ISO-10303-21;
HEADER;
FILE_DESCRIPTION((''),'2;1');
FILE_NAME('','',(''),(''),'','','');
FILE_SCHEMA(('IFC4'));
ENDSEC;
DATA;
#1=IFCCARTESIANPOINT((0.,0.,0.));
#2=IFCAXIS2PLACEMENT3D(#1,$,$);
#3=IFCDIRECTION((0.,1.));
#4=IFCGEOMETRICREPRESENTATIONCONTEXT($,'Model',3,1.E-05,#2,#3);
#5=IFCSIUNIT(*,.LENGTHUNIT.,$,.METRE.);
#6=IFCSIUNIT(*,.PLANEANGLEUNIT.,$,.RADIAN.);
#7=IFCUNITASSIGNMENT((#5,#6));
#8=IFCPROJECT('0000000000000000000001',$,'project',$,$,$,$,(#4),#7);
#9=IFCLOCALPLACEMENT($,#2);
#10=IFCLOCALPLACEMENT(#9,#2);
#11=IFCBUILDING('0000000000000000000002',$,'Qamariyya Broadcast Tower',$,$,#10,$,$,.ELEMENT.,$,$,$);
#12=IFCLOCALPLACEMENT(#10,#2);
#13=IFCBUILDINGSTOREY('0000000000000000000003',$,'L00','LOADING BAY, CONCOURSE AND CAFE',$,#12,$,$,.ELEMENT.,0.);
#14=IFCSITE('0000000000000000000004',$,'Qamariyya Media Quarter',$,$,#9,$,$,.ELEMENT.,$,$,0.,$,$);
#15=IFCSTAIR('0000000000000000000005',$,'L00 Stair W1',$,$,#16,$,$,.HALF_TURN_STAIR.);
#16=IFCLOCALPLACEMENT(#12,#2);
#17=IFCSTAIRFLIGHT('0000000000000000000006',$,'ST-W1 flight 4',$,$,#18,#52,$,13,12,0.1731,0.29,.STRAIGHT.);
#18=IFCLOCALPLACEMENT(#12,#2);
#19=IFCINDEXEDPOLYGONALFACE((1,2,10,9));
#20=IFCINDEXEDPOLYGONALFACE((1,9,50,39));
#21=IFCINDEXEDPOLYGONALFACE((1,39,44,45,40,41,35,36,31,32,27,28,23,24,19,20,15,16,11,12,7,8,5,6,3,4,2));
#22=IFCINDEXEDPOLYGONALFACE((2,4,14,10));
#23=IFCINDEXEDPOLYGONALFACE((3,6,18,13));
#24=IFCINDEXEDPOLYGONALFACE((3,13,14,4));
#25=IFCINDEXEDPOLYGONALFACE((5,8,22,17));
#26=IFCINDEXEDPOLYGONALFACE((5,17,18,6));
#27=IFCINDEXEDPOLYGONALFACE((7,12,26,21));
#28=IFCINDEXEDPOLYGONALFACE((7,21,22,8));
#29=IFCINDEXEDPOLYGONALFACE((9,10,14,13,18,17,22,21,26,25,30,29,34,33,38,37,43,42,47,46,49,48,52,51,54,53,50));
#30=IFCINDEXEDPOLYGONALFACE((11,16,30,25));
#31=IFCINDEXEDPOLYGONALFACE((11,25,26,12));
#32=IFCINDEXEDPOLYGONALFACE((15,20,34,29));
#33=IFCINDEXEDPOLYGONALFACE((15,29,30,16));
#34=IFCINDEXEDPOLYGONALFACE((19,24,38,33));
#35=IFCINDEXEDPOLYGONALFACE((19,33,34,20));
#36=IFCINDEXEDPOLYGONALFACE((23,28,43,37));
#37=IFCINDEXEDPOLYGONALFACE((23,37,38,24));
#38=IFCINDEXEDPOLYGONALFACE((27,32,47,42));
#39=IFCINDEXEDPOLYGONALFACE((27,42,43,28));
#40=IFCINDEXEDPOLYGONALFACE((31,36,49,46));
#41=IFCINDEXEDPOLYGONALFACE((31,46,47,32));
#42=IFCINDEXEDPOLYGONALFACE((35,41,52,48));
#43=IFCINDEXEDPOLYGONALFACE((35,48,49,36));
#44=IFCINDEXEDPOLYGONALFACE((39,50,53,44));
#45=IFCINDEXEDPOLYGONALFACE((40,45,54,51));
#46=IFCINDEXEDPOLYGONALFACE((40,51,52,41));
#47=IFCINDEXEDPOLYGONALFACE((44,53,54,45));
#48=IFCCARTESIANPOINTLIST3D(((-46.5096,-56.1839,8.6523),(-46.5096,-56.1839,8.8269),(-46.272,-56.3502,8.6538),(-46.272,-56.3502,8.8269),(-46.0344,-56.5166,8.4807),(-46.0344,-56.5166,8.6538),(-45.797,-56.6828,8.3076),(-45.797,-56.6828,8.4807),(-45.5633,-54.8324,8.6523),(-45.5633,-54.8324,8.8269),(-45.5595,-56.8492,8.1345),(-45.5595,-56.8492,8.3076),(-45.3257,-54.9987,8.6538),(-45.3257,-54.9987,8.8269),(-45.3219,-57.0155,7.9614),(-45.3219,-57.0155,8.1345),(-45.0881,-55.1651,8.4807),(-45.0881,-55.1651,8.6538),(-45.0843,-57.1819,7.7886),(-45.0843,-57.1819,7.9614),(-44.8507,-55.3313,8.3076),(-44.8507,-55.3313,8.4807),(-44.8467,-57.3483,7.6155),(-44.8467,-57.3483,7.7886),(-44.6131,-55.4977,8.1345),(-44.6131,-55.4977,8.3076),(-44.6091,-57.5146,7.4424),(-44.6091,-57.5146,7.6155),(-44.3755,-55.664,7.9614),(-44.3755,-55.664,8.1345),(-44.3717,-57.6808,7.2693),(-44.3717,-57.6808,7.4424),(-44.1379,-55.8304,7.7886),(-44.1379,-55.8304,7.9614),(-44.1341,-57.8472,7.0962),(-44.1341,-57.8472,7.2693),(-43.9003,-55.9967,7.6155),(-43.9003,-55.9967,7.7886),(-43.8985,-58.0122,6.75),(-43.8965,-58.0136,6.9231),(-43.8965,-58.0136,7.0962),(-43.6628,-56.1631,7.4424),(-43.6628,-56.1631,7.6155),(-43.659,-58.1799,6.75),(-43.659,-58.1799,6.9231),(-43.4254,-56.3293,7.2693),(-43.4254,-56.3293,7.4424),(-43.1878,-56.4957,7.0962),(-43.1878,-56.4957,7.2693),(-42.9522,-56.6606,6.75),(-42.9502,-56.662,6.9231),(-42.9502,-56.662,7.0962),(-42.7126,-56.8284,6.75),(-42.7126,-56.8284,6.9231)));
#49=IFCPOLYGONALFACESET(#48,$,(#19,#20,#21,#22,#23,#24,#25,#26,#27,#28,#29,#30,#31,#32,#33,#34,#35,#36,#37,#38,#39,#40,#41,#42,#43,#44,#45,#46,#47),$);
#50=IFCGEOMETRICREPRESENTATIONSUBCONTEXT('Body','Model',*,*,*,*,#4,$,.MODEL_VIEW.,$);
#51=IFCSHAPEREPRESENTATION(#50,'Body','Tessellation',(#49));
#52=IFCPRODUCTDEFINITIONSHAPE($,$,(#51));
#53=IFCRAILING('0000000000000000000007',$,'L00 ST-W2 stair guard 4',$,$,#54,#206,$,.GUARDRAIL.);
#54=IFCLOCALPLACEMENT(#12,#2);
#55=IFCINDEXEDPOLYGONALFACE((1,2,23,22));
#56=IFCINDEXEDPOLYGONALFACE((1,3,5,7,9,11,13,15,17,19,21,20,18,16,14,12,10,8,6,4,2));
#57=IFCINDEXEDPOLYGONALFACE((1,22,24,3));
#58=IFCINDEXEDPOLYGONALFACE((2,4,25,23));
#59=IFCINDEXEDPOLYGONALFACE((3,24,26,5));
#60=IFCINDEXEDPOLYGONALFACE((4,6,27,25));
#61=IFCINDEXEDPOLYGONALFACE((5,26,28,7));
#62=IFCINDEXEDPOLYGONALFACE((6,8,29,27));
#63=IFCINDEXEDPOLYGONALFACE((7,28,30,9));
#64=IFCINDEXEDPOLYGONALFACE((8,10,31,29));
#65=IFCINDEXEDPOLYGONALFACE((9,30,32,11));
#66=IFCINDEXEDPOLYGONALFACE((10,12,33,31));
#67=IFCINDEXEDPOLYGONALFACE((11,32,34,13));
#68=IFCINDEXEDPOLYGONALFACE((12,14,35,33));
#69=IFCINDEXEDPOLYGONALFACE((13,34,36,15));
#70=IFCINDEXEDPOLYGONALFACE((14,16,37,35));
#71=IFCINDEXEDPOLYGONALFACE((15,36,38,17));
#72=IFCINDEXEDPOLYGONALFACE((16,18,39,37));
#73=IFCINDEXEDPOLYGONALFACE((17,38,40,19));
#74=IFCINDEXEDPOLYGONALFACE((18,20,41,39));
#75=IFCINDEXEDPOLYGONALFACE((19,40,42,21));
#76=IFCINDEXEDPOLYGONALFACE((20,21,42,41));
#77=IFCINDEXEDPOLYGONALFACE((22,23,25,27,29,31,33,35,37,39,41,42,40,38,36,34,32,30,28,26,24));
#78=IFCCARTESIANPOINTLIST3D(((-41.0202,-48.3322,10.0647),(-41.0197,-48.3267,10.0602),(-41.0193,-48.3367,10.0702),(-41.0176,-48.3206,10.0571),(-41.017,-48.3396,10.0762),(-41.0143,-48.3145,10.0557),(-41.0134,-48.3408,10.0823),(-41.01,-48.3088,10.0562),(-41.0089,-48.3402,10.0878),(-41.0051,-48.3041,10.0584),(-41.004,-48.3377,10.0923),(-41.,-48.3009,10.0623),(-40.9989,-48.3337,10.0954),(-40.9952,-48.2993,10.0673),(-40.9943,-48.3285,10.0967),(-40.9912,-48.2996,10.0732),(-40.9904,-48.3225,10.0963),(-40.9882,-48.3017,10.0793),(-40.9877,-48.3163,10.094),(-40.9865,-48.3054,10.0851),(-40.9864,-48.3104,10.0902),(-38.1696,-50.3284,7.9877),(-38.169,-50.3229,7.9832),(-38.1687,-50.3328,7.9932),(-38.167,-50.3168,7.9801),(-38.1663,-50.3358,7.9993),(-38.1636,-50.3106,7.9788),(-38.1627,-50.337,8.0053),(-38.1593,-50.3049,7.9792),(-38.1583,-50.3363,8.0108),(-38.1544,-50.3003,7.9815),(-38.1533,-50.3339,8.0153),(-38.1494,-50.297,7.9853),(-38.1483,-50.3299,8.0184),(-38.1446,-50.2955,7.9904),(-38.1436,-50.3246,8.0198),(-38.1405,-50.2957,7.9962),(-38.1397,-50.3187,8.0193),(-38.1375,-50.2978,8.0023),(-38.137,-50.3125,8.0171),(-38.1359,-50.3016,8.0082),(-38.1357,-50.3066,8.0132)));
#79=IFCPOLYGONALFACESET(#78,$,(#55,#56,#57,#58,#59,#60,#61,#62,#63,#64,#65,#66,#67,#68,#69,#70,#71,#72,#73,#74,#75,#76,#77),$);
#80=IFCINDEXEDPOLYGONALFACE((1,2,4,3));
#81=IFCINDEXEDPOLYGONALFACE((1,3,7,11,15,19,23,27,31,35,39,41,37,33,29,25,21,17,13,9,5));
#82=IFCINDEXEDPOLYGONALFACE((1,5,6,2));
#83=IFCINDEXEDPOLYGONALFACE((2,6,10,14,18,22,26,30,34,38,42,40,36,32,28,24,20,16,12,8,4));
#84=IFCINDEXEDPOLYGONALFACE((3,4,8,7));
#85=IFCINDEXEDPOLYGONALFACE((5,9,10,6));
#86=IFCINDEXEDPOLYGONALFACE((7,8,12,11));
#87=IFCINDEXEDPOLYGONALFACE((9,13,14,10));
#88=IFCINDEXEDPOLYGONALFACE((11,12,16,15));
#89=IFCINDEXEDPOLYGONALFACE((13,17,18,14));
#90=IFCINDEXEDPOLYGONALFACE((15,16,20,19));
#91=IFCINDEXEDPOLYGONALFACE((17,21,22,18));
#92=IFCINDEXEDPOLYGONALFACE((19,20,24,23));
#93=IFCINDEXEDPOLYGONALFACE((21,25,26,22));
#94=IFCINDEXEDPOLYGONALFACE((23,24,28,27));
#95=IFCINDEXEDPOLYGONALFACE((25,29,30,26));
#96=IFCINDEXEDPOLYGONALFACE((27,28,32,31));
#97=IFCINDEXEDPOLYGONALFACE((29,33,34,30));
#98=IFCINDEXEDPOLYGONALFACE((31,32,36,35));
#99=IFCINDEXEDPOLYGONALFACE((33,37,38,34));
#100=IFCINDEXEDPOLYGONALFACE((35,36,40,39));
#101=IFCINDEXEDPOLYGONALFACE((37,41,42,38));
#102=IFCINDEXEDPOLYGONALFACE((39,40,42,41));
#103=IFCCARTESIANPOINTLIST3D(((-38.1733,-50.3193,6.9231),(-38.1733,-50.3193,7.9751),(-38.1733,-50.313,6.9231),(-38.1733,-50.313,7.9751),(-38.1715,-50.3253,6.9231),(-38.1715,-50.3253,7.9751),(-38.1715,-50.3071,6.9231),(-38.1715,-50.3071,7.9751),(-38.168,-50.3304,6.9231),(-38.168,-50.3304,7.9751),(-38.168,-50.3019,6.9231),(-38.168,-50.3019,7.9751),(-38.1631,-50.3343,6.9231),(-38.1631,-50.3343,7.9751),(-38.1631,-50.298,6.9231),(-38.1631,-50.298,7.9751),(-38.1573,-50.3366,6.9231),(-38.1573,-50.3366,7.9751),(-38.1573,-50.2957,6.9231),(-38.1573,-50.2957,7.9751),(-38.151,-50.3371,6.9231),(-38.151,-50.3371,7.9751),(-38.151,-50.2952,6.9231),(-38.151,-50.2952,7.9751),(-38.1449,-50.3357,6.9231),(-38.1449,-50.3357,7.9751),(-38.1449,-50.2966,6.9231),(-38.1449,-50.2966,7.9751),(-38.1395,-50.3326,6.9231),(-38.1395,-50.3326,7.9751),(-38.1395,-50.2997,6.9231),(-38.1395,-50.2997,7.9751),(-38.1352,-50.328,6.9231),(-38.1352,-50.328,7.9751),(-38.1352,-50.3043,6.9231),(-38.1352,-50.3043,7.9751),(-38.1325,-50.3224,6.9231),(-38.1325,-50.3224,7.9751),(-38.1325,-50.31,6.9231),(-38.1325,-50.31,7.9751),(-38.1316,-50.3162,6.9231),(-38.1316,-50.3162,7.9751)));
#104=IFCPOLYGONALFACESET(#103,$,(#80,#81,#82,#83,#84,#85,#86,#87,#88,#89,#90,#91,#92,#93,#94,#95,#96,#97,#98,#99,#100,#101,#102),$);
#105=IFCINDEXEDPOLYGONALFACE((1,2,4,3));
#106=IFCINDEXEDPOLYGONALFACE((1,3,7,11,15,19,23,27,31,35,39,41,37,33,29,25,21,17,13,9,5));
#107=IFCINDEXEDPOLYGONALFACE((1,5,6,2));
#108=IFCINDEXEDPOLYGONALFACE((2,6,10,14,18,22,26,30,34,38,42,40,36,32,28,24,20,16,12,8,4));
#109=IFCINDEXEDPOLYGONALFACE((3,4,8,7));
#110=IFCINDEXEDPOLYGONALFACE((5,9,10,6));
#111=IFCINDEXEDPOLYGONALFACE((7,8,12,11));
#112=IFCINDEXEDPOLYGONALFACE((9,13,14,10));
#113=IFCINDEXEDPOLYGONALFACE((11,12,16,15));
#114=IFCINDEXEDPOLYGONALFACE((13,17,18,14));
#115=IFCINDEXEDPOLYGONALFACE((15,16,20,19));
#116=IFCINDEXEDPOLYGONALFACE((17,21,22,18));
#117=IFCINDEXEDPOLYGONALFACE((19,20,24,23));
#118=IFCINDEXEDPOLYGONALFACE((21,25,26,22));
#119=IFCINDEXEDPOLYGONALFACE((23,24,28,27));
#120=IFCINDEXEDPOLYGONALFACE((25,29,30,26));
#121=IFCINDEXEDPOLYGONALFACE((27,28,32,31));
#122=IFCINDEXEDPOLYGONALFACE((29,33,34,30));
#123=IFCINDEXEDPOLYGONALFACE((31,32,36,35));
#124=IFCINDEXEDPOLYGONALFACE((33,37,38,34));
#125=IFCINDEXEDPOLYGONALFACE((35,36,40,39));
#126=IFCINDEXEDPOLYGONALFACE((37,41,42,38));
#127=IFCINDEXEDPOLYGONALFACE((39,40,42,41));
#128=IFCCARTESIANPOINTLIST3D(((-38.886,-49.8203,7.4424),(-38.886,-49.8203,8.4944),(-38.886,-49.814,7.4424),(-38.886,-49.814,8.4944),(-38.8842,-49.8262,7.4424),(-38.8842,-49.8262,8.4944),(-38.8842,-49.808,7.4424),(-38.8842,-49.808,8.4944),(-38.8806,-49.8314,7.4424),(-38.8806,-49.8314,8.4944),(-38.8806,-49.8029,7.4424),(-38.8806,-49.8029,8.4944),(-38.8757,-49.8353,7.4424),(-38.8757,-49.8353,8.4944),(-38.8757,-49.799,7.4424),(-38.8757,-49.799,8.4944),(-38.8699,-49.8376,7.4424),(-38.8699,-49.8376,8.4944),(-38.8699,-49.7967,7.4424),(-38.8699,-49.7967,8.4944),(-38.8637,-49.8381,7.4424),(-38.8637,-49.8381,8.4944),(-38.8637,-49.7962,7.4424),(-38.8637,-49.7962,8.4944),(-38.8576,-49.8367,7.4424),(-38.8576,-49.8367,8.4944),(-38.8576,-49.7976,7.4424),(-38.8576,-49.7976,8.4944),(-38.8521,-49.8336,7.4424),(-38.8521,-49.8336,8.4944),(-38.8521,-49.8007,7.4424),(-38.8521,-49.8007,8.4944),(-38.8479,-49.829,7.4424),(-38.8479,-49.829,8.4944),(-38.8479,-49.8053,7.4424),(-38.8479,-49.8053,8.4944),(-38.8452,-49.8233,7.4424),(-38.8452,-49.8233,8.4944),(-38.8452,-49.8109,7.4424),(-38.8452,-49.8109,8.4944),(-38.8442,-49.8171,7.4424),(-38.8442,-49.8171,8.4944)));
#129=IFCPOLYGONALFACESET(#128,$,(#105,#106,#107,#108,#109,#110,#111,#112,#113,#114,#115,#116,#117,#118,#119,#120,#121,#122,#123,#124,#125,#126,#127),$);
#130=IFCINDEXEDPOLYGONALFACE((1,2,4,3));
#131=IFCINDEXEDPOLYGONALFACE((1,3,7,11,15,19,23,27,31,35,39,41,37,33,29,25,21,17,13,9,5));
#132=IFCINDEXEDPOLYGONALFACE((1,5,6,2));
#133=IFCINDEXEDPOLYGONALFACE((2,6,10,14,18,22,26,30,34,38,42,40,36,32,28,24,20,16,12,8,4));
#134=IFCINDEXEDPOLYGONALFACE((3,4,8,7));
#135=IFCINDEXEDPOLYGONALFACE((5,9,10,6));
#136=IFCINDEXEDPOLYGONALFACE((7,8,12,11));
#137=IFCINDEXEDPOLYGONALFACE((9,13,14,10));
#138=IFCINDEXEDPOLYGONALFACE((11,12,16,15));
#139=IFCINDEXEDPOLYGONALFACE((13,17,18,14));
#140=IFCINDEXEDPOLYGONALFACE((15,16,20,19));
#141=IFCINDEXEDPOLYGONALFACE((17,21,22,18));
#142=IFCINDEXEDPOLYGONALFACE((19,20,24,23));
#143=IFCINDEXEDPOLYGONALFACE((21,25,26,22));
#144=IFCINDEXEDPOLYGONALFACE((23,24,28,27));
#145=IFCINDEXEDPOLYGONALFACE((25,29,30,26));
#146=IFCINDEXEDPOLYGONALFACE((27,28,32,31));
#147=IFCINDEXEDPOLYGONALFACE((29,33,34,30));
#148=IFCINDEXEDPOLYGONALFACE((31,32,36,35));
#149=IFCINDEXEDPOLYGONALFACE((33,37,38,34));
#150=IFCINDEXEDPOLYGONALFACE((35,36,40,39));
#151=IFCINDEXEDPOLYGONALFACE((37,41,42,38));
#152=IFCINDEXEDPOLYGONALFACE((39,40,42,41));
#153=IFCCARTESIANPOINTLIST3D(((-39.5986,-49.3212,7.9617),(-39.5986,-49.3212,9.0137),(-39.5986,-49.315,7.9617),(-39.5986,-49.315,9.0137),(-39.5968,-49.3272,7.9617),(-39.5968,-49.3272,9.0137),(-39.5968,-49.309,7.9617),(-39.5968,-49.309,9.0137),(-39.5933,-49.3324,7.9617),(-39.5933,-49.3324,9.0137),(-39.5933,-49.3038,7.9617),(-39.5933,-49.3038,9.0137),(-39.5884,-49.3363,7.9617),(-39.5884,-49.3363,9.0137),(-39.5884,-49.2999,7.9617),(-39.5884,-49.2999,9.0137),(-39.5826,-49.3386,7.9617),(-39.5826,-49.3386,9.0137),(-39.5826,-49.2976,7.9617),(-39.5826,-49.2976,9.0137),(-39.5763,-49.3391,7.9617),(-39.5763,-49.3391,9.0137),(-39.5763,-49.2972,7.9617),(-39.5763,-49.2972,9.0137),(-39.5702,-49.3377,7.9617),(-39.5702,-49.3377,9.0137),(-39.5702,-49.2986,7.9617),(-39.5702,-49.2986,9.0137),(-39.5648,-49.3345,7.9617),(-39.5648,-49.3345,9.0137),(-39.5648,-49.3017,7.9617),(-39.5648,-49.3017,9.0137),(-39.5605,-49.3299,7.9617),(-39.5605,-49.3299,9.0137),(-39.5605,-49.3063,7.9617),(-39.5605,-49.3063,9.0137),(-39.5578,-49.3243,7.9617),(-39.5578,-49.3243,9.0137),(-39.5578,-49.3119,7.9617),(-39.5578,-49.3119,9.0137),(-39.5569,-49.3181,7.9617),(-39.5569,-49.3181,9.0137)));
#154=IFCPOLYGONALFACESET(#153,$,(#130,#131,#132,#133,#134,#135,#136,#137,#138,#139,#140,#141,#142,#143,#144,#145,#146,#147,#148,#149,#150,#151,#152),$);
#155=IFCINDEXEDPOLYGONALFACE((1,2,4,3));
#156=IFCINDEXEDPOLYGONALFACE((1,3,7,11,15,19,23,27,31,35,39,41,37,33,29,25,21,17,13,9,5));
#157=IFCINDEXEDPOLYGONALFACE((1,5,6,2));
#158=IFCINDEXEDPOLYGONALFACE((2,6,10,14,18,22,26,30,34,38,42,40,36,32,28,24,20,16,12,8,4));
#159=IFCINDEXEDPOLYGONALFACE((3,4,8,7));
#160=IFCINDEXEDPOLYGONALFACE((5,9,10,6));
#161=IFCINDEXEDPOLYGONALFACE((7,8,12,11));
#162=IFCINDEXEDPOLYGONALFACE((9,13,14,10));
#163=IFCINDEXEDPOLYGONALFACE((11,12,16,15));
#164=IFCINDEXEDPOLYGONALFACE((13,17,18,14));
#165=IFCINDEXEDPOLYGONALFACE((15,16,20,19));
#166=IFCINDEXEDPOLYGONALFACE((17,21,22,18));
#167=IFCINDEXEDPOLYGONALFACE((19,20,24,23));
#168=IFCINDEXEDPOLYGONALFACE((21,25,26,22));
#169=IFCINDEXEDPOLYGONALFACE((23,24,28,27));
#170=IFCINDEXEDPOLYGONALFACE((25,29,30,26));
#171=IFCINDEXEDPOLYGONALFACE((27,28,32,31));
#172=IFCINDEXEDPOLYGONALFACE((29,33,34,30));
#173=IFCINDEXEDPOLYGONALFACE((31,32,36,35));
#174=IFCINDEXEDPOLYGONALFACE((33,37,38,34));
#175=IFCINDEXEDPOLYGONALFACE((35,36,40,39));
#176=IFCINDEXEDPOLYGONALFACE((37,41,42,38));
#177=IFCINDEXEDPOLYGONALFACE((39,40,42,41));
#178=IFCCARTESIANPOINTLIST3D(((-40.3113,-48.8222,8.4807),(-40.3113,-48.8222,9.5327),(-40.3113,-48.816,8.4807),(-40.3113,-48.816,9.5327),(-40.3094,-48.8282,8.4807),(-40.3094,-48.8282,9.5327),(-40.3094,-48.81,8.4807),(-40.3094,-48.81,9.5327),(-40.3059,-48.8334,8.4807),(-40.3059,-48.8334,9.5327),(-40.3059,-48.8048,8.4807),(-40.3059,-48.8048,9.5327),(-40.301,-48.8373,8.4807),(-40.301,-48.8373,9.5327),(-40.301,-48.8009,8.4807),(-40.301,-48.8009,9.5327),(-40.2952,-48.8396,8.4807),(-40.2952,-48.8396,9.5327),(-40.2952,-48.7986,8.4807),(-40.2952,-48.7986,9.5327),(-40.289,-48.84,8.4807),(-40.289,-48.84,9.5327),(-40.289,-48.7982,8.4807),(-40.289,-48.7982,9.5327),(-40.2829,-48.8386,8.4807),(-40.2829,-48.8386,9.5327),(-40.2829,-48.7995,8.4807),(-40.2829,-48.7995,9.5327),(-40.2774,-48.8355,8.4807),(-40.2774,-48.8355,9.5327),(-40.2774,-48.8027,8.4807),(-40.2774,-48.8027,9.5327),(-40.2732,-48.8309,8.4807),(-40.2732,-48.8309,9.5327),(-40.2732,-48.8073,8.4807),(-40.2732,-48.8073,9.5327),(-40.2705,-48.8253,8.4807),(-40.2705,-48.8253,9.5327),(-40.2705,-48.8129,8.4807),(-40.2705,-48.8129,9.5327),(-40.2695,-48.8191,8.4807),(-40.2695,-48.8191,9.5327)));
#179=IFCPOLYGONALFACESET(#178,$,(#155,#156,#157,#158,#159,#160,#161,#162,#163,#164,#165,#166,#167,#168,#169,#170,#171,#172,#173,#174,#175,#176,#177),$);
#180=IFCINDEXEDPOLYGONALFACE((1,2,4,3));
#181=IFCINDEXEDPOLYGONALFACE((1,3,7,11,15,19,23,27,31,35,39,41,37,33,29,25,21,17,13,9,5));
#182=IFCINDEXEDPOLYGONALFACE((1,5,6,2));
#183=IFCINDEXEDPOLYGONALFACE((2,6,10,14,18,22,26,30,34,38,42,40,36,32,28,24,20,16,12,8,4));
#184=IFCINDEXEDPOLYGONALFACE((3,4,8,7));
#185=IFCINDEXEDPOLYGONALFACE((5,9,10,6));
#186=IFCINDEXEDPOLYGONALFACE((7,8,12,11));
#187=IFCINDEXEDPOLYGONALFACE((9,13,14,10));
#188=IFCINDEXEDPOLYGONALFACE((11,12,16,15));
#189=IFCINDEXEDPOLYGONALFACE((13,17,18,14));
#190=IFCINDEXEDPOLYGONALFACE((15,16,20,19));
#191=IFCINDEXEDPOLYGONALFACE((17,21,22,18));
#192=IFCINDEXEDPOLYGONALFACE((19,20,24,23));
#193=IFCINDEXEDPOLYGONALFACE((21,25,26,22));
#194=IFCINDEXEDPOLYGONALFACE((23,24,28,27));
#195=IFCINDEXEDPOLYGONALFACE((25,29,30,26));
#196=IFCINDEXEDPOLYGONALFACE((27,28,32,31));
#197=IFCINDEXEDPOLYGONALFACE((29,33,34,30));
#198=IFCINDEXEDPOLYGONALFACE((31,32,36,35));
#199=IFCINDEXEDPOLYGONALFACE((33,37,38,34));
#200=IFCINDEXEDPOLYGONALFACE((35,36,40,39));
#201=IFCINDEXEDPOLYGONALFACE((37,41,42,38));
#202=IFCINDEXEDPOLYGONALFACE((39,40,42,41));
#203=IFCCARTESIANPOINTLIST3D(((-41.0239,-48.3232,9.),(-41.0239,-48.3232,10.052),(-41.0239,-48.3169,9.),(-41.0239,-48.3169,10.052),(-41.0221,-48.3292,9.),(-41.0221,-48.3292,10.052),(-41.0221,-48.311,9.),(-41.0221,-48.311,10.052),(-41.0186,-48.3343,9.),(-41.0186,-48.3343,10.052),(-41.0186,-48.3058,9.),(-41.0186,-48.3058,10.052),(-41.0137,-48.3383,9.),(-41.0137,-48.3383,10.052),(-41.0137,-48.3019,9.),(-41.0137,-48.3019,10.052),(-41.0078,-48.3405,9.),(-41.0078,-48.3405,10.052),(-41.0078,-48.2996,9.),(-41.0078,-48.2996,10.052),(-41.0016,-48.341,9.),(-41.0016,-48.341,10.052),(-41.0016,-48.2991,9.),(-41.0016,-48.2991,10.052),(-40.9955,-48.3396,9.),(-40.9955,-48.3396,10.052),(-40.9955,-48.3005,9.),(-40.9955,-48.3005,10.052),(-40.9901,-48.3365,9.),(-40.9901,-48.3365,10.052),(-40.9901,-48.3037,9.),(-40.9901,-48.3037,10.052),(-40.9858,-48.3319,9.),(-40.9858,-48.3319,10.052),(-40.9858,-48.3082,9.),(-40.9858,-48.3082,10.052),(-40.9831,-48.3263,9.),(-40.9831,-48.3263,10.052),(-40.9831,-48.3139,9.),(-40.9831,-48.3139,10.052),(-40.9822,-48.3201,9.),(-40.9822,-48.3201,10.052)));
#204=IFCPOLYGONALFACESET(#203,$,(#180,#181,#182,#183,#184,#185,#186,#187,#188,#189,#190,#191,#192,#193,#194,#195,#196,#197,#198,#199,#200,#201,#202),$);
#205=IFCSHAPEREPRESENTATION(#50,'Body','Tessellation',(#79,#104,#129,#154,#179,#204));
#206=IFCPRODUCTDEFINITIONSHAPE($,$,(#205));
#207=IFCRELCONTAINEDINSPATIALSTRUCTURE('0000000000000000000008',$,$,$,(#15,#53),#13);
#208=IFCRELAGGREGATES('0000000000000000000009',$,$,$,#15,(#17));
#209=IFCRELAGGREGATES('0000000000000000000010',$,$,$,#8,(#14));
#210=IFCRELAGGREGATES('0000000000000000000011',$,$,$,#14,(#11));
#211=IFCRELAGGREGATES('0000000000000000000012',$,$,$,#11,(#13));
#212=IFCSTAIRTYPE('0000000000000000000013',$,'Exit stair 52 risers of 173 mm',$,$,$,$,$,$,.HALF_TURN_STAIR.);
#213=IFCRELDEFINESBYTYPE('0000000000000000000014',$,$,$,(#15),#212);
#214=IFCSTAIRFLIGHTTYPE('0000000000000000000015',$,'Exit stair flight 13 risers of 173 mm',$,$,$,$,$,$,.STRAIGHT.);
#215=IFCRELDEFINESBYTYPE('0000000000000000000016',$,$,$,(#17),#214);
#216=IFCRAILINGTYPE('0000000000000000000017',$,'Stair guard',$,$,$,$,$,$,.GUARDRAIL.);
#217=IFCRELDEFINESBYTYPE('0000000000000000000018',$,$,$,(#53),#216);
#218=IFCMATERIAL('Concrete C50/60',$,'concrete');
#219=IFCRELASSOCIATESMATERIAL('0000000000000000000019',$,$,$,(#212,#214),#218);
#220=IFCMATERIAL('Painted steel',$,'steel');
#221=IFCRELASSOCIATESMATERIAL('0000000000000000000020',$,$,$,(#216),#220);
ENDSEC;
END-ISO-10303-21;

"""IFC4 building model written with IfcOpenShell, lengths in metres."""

from ifc_helpers import new_model, si_unit, direction, frame, origin, origin_2d, place, context, subcontext, project, spatial, polyline, circle, outline, extrude, material, type_object, element, aggregate, save


model = new_model("IFC4")

# Units and contexts
model_context = context("Model", 3, precision=1e-05, world=origin(), true_north=direction((0.0, 1.0)))
body_context = subcontext(model_context, "Body", "Model", "MODEL_VIEW")
ifc_project = project(units=[si_unit("LENGTHUNIT", "METRE"), si_unit("PLANEANGLEUNIT", "RADIAN")], contexts=[model_context])

# Site, building, storey
site_placement = place(None, origin())
site = spatial("IfcSite", under=ifc_project, at=site_placement, Name="Qamariyya Media Quarter", CompositionType="ELEMENT", RefElevation=0.0)
building_placement = place(site_placement, origin())
building = spatial("IfcBuilding", under=site, at=building_placement, Name="Qamariyya Broadcast Tower", CompositionType="ELEMENT")
storey_placement = place(building_placement, origin())
storey = spatial("IfcBuildingStorey", under=building, at=storey_placement, Name="L00", Description="LOADING BAY, CONCOURSE AND CAFE", CompositionType="ELEMENT", Elevation=0.0)

# Stair, stair flight
ifc_material_1 = material(Name="Concrete C50/60", Category="concrete")
stair_type = type_object("IfcStairType", Name="Exit stair 52 risers of 173 mm", PredefinedType="HALF_TURN_STAIR", material=ifc_material_1)
stair_placement = place(storey_placement, origin())
stair = element("IfcStair", 1, at=stair_placement, inside=storey, type_object=stair_type, Name="L00 Stair W1", PredefinedType="HALF_TURN_STAIR")
stair_flight_type = type_object("IfcStairFlightType", Name="Exit stair flight 13 risers of 173 mm", PredefinedType="STRAIGHT", material=ifc_material_1)
stair_flight_1_placement = place(storey_placement, frame((-43.1858, -57.5042, 6.75), z_axis=(0.0, 0.0, 1.0), x_axis=(-0.819152, 0.573576, 0.0)))
stair_flight_1 = element("IfcStairFlight", 2, at=stair_flight_1_placement, type_object=stair_flight_type, Name="ST-W1 flight 4", NumberOfRisers=13, NumberOfTreads=12, PredefinedType="STRAIGHT", RiserHeight=0.1731, TreadLength=0.29, context=body_context, shape_type="SweptSolid", body=[
    extrude(outline(polyline([(0.0, 0.0), (0.0, 0.1731), (0.29, 0.1731), (0.29, 0.3462), (0.5801, 0.3462), (0.5801, 0.5193), (0.8701, 0.5193), (0.8701, 0.6924), (1.1599, 0.6924), (1.1599, 0.8655), (1.45, 0.8655), (1.45, 1.0386), (1.74, 1.0386), (1.74, 1.2114), (2.03, 1.2114), (2.03, 1.3845), (2.3201, 1.3845), (2.3201, 1.5576), (2.6101, 1.5576), (2.6101, 1.7307), (2.8999, 1.7307), (2.8999, 1.9038), (3.1899, 1.9038), (3.1899, 2.0769), (3.48, 2.0769), (3.48, 2.25), (3.48, 1.9023), (0.2925, 0.0), (0.0, 0.0)])), frame((0.0, 0.825, 0.0), z_axis=(0.0, -1.0, 0.0), x_axis=(1.0, 0.0, 0.0)), (0.0, 0.0, 1.0), 1.6499),
])
aggregate(stair, [stair_flight_1])

# Railing
ifc_material_2 = material(Name="Painted steel", Category="steel")
railing_type_1 = type_object("IfcRailingType", Name="Stair guard", PredefinedType="GUARDRAIL", material=ifc_material_2)
railing_1_placement = place(storey_placement, frame((-38.1526, -50.3162, 6.9231)))
element("IfcRailing", 3, at=railing_1_placement, inside=storey, type_object=railing_type_1, Name="L00 ST-W2 stair guard 4", PredefinedType="GUARDRAIL", context=body_context, shape_type="SweptSolid", body=[
    extrude(circle(Radius=0.0239, at=origin_2d()), frame((0.0, 0.0, 1.0762), z_axis=(-0.703393, 0.492544, 0.512484), x_axis=(-0.573594, -0.81914, 0.0)), (0.0, 0.0, 1.0), 4.0527),
    extrude(circle(Radius=0.021, at=origin_2d()), origin(), (0.0, 0.0, 1.0), 1.052),
    extrude(circle(Radius=0.021, at=origin_2d()), frame((-0.7126, 0.499, 0.5193)), (0.0, 0.0, 1.0), 1.052),
    extrude(circle(Radius=0.021, at=origin_2d()), frame((-1.4253, 0.998, 1.0386)), (0.0, 0.0, 1.0), 1.052),
    extrude(circle(Radius=0.021, at=origin_2d()), frame((-2.1379, 1.4971, 1.5576)), (0.0, 0.0, 1.0), 1.052),
    extrude(circle(Radius=0.021, at=origin_2d()), frame((-2.8506, 1.9961, 2.0769)), (0.0, 0.0, 1.0), 1.052),
])

save(model, "model.ifc")
